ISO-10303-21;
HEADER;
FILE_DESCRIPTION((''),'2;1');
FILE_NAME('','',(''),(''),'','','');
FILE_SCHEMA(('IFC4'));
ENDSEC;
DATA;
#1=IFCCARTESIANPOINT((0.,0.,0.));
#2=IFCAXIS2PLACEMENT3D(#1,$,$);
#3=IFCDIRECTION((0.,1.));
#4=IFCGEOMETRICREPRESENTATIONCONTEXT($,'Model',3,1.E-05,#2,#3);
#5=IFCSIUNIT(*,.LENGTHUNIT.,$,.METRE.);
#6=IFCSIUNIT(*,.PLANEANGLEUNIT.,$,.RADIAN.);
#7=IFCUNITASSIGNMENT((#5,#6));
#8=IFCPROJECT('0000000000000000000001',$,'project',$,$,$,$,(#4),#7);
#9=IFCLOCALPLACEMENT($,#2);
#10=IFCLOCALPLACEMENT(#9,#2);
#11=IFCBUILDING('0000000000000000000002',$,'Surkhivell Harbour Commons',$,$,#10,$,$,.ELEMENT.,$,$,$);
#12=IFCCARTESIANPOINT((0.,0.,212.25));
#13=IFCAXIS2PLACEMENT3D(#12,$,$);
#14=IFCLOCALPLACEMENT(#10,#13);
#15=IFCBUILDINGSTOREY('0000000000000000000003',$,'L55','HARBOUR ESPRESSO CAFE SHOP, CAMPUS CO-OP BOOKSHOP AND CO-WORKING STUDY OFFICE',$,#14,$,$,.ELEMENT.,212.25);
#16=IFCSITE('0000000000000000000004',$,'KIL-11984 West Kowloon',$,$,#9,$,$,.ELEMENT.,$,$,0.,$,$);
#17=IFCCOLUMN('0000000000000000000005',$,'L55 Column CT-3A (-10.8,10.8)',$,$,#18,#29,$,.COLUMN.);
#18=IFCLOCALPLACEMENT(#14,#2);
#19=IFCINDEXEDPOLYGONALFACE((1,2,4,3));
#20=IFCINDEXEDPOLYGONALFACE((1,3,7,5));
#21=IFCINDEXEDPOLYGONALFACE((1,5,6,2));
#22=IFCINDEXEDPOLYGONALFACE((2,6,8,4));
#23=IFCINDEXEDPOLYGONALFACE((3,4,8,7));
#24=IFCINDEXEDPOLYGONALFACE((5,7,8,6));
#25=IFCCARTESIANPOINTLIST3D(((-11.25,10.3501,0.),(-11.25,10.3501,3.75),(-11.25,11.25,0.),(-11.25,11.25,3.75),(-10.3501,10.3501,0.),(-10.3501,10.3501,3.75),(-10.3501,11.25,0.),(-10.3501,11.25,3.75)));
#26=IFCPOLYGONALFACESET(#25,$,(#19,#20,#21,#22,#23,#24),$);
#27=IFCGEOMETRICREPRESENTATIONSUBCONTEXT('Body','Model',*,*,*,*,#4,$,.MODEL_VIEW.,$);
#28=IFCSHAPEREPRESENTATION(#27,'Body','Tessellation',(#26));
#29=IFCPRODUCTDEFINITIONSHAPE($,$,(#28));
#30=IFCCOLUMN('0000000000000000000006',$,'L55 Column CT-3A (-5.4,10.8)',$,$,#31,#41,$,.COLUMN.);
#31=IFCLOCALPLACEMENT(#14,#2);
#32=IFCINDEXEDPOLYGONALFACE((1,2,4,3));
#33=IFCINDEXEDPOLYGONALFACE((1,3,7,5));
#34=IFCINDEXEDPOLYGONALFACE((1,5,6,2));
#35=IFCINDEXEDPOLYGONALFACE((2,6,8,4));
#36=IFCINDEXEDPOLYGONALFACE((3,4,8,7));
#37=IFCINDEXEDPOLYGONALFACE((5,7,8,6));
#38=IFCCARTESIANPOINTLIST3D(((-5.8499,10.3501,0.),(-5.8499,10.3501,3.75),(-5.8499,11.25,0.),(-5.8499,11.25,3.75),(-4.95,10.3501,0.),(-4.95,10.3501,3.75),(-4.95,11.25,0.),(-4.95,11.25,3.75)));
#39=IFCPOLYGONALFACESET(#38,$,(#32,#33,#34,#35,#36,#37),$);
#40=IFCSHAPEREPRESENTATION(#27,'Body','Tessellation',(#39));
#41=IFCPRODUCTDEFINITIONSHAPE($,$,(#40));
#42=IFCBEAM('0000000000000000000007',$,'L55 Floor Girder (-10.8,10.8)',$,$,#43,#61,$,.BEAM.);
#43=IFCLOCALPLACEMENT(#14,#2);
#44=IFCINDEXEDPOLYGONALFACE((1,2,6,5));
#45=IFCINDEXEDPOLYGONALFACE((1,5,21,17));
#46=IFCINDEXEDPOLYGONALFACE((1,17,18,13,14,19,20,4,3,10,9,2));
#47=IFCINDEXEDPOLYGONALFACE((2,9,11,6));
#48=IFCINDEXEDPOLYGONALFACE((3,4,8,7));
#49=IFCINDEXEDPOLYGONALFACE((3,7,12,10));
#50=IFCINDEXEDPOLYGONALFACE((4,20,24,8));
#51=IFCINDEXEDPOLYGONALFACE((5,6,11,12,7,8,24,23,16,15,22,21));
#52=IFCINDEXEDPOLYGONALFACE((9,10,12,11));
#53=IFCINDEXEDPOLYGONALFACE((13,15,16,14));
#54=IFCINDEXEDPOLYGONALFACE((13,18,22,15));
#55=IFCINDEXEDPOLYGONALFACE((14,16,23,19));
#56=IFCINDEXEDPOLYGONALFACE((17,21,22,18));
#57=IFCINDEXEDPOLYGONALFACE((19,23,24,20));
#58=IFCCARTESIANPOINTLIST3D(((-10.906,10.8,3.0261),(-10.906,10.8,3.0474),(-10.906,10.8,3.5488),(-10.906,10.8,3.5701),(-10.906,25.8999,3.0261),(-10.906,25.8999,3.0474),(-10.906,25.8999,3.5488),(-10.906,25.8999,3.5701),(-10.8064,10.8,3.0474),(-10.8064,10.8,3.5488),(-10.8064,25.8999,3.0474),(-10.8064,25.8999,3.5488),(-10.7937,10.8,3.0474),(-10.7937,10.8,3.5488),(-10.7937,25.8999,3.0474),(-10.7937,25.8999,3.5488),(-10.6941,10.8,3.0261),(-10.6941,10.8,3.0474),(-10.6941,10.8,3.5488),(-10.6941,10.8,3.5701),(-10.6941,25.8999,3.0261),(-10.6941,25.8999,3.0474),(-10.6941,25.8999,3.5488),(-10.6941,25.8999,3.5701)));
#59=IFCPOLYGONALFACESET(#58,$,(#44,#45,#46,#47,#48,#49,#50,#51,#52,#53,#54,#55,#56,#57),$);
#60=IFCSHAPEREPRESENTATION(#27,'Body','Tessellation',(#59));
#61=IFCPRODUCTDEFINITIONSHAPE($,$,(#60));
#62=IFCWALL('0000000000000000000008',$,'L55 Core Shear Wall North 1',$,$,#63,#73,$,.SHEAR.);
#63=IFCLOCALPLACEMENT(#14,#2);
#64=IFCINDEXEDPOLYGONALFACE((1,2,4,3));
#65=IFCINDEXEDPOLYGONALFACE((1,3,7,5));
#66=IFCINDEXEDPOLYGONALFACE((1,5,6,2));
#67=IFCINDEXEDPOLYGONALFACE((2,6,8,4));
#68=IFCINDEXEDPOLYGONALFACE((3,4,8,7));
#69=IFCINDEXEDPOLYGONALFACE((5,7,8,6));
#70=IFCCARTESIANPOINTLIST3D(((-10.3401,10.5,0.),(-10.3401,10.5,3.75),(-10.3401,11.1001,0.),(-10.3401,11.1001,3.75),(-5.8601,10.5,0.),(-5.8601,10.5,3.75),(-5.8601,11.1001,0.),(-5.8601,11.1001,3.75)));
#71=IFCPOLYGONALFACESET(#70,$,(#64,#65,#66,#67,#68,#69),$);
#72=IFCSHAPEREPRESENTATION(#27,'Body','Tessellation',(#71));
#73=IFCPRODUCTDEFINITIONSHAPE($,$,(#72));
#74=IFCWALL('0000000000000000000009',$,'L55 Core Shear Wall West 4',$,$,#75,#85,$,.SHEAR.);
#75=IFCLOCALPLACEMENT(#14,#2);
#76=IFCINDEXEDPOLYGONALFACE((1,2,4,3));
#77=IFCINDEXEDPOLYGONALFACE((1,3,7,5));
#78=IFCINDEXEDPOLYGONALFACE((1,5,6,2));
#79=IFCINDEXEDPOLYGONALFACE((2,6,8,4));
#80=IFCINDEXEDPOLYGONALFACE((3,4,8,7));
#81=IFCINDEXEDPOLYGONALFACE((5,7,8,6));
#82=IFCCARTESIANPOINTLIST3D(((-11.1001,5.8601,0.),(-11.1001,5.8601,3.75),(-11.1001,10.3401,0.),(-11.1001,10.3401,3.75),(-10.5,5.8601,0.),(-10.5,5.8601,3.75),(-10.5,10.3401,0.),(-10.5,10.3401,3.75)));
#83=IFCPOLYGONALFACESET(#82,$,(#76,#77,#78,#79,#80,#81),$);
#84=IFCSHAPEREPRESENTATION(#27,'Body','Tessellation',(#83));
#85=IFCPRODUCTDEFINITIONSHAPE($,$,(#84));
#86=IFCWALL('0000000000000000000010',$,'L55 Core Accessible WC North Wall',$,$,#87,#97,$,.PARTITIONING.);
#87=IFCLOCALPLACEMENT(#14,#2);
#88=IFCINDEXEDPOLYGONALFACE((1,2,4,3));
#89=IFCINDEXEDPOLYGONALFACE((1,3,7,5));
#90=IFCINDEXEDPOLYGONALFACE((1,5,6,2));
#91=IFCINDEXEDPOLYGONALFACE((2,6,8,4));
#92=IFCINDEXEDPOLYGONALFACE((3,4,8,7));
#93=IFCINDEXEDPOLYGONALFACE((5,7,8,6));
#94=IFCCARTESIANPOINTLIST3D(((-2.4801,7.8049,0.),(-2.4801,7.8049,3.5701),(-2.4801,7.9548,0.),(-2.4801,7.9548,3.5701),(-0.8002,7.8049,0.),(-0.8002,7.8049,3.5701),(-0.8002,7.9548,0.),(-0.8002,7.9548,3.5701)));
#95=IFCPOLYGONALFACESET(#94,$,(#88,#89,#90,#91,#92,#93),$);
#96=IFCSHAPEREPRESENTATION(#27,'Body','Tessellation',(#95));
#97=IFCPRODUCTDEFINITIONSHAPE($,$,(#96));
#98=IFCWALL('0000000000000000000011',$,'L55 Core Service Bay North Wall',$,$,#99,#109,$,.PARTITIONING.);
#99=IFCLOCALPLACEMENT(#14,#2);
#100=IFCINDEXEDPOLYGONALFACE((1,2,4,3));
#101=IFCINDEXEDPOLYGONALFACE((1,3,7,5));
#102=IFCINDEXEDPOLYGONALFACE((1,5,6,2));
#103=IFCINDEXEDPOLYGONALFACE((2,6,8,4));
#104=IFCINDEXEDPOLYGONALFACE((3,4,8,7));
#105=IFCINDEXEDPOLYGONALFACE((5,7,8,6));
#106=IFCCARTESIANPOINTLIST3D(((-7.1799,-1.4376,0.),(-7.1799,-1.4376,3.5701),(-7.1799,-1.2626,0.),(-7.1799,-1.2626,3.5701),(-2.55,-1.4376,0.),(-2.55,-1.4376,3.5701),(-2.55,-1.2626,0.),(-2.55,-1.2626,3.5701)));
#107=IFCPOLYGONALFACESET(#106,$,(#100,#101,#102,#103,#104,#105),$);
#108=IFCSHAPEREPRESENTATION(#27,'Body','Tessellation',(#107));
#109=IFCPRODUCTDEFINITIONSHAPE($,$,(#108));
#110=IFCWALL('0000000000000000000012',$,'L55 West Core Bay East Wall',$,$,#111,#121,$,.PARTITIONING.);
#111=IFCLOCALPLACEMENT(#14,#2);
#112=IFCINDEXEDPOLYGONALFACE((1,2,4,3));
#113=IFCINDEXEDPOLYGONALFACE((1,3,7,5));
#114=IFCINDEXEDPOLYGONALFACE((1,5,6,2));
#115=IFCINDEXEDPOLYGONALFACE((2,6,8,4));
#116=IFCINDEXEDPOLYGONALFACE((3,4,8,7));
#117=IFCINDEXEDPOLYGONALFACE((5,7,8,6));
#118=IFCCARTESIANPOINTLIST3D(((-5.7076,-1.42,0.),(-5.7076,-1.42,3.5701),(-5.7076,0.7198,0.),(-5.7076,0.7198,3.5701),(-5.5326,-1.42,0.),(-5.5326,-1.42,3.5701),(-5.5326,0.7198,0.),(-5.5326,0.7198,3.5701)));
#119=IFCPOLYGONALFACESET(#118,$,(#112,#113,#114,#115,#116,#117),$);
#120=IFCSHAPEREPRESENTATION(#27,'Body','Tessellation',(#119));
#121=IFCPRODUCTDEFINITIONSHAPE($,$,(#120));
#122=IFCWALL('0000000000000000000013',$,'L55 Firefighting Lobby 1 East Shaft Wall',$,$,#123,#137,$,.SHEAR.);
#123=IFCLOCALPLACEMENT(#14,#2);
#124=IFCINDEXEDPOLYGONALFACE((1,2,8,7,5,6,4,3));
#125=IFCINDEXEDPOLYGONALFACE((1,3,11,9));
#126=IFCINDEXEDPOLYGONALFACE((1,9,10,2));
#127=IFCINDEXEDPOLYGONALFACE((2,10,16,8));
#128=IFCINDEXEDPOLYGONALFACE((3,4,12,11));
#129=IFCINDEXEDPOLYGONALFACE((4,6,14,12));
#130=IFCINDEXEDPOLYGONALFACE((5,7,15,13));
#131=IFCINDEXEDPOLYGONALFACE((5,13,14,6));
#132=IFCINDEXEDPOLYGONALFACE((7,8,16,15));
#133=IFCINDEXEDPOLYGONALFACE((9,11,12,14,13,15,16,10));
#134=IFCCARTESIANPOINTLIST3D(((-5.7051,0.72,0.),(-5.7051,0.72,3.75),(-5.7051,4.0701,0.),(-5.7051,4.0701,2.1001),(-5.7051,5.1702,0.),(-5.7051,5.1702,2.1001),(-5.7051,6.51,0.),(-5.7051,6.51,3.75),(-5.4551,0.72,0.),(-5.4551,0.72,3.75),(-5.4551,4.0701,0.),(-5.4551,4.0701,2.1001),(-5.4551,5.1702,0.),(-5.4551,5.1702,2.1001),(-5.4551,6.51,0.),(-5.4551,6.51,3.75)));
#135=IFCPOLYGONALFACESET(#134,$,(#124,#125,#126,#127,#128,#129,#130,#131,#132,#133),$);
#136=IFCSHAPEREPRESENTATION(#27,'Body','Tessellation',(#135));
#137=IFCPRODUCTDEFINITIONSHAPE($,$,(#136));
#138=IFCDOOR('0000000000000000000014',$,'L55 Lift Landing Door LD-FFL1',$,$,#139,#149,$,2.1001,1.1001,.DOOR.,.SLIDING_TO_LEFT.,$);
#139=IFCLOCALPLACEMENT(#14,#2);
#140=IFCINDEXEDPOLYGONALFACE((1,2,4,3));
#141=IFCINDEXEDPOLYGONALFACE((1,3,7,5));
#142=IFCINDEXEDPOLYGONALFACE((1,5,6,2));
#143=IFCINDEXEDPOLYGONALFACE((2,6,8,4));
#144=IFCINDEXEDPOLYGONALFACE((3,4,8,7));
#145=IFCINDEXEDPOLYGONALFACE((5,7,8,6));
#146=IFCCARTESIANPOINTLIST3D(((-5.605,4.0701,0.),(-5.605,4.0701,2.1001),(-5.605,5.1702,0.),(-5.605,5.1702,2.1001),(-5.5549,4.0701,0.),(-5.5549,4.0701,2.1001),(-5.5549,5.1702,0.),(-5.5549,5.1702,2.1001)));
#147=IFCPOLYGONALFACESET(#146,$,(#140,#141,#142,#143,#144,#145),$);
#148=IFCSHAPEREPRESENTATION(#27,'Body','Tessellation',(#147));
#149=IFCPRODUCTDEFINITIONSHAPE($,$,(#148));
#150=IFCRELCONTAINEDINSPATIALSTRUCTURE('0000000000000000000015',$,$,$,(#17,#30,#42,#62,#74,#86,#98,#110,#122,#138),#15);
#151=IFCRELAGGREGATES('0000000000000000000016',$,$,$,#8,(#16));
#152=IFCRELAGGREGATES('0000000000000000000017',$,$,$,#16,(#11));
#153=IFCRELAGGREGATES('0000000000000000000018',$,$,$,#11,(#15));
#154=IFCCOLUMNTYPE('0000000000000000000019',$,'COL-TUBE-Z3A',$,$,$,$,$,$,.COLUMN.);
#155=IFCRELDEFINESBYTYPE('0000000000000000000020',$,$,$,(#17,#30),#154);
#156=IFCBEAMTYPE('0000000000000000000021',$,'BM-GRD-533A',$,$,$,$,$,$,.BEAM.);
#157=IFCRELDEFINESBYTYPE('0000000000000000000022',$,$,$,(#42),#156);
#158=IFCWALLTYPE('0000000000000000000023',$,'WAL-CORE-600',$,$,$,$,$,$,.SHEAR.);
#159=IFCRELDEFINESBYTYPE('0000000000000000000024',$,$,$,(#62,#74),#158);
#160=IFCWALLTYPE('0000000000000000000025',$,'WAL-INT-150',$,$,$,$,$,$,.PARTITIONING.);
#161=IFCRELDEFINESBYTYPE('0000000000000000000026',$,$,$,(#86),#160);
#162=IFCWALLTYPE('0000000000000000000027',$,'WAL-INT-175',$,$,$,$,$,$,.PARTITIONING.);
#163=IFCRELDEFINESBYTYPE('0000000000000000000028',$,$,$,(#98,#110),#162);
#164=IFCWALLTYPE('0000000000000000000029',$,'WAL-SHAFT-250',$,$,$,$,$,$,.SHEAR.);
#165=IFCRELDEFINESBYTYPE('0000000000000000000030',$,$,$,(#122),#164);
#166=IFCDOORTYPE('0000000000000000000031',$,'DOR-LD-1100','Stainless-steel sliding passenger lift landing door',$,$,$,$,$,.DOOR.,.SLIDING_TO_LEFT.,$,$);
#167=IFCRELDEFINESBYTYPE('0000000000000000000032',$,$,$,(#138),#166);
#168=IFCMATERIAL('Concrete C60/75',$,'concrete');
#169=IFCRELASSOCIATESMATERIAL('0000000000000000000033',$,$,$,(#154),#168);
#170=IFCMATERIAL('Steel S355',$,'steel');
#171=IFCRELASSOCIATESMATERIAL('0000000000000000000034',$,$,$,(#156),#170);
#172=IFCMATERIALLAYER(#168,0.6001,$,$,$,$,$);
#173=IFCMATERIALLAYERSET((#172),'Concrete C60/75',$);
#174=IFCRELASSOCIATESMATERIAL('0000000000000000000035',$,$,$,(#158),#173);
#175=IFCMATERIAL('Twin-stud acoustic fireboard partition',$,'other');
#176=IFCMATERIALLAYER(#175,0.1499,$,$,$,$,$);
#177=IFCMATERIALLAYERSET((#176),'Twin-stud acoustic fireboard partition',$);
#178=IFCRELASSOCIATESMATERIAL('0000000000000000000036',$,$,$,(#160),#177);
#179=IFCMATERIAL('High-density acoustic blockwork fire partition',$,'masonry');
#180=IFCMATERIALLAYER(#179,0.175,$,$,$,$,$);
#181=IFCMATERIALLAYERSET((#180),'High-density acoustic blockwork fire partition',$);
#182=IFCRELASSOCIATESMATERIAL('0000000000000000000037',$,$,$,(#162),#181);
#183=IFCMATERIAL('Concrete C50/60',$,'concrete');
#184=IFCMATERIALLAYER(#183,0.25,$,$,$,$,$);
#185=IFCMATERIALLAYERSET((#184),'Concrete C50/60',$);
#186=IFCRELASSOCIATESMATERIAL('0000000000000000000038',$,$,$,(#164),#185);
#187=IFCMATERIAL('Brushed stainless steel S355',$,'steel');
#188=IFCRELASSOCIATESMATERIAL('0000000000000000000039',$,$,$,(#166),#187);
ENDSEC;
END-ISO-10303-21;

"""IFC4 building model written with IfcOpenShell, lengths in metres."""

from ifc_helpers import new_model, si_unit, direction, frame, frame_2d, origin, origin_2d, place, context, subcontext, project, spatial, rectangle, i_section, extrude, material, layer, layer_set, material_profile, profile_set, type_object, element, fill, save


model = new_model("IFC4")

# Units and contexts
model_context = context("Model", 3, precision=1e-05, world=origin(), true_north=direction((0.0, 1.0)))
body_context = subcontext(model_context, "Body", "Model", "MODEL_VIEW")
ifc_project = project(units=[si_unit("LENGTHUNIT", "METRE"), si_unit("PLANEANGLEUNIT", "RADIAN")], contexts=[model_context])

# Site, building, storey
site_placement = place(None, origin())
site = spatial("IfcSite", under=ifc_project, at=site_placement, Name="KIL-11984 West Kowloon", CompositionType="ELEMENT", RefElevation=0.0)
building_placement = place(site_placement, origin())
building = spatial("IfcBuilding", under=site, at=building_placement, Name="Surkhivell Harbour Commons", CompositionType="ELEMENT")
storey_placement = place(building_placement, frame((0.0, 0.0, 212.25)))
storey = spatial("IfcBuildingStorey", under=building, at=storey_placement, Name="L55", Description="HARBOUR ESPRESSO CAFE SHOP, CAMPUS CO-OP BOOKSHOP AND CO-WORKING STUDY OFFICE", CompositionType="ELEMENT", Elevation=212.25)

# Columns
ifc_material_1 = material(Name="Concrete C60/75", Category="concrete")
ifc_material_profile_1 = material_profile(ifc_material_1, rectangle(XDim=0.8999, YDim=0.8999, at=origin_2d()), Name="RC-COL-900x900")
ifc_profile_set_1 = profile_set([ifc_material_profile_1], Name="Concrete C60/75")
column_type = type_object("IfcColumnType", Name="COL-TUBE-Z3A", PredefinedType="COLUMN", material=ifc_profile_set_1)
for number, where, z_axis, x_axis, name in (
    (1, (-10.8, 10.8, 0.0), (0.0, 0.0, 1.0), (1.0, 0.0, 0.0), "L55 Column CT-3A (-10.8,10.8)"),
    (2, (-5.3999, 10.8, 0.0), (0.0, 0.0, 1.0), (1.0, 0.0, 0.0), "L55 Column CT-3A (-5.4,10.8)"),
):
    element("IfcColumn", number, at=place(storey_placement, frame(where, z_axis=z_axis, x_axis=x_axis)), inside=storey, type_object=column_type, Name=name, PredefinedType="COLUMN", context=body_context, shape_type="SweptSolid", body=[
        extrude(rectangle(XDim=0.8999, YDim=0.8999, at=origin_2d()), origin(), (0.0, 0.0, 1.0), 3.75),
    ])

# Beam
ifc_material_2 = material(Name="Steel S355", Category="steel")
ifc_material_profile_2 = material_profile(ifc_material_2, i_section(OverallWidth=0.2119, OverallDepth=0.5439, WebThickness=0.0127, FlangeThickness=0.0212, at=origin_2d()), Name="UB533x210x122")
ifc_profile_set_2 = profile_set([ifc_material_profile_2], Name="Steel S355")
beam_type = type_object("IfcBeamType", Name="BM-GRD-533A", PredefinedType="BEAM", material=ifc_profile_set_2)
beam_placement = place(storey_placement, frame((-10.8, 10.8, 3.2981), z_axis=(0.0, 1.0, 0.0), x_axis=(-1.0, 0.0, 0.0)))
element("IfcBeam", 3, at=beam_placement, inside=storey, type_object=beam_type, Name="L55 Floor Girder (-10.8,10.8)", PredefinedType="BEAM", context=body_context, shape_type="SweptSolid", body=[
    extrude(i_section(OverallWidth=0.2119, OverallDepth=0.5439, WebThickness=0.0127, FlangeThickness=0.0212, at=origin_2d()), origin(), (0.0, 0.0, 1.0), 15.0999),
])

# Walls
ifc_layer_1 = layer(ifc_material_1, 0.6001)
ifc_layer_set_1 = layer_set([ifc_layer_1], Name="Concrete C60/75")
wall_type_1 = type_object("IfcWallType", Name="WAL-CORE-600", PredefinedType="SHEAR", material=ifc_layer_set_1)
for number, where, z_axis, x_axis, name in (
    (4, (-10.3401, 10.8, 0.0), (0.0, 0.0, 1.0), (1.0, 0.0, 0.0), "L55 Core Shear Wall North 1"),
    (5, (-10.8, 5.8601, 0.0), (0.0, 0.0, 1.0), (0.0, 1.0, 0.0), "L55 Core Shear Wall West 4"),
):
    element("IfcWall", number, at=place(storey_placement, frame(where, z_axis=z_axis, x_axis=x_axis)), inside=storey, type_object=wall_type_1, Name=name, PredefinedType="SHEAR", context=body_context, shape_type="SweptSolid", body=[
        extrude(rectangle(XDim=4.48, YDim=0.6001, at=frame_2d((2.24, 0.0))), origin(), (0.0, 0.0, 1.0), 3.75),
    ])
ifc_material_3 = material(Name="Twin-stud acoustic fireboard partition", Category="other")
ifc_layer_2 = layer(ifc_material_3, 0.1499)
ifc_layer_set_2 = layer_set([ifc_layer_2], Name="Twin-stud acoustic fireboard partition")
wall_type_2 = type_object("IfcWallType", Name="WAL-INT-150", PredefinedType="PARTITIONING", material=ifc_layer_set_2)
wall_1_placement = place(storey_placement, frame((-2.48, 7.8799, 0.0), z_axis=(0.0, 0.0, 1.0), x_axis=(1.0, 0.0, 0.0)))
element("IfcWall", 6, at=wall_1_placement, inside=storey, type_object=wall_type_2, Name="L55 Core Accessible WC North Wall", PredefinedType="PARTITIONING", context=body_context, shape_type="SweptSolid", body=[
    extrude(rectangle(XDim=1.6799, YDim=0.1499, at=frame_2d((0.8398, 0.0))), origin(), (0.0, 0.0, 1.0), 3.5701),
])
ifc_material_4 = material(Name="High-density acoustic blockwork fire partition", Category="masonry")
ifc_layer_3 = layer(ifc_material_4, 0.175)
ifc_layer_set_3 = layer_set([ifc_layer_3], Name="High-density acoustic blockwork fire partition")
wall_type_3 = type_object("IfcWallType", Name="WAL-INT-175", PredefinedType="PARTITIONING", material=ifc_layer_set_3)
wall_2_placement = place(storey_placement, frame((-7.1799, -1.3501, 0.0), z_axis=(0.0, 0.0, 1.0), x_axis=(1.0, 0.0, 0.0)))
element("IfcWall", 7, at=wall_2_placement, inside=storey, type_object=wall_type_3, Name="L55 Core Service Bay North Wall", PredefinedType="PARTITIONING", context=body_context, shape_type="SweptSolid", body=[
    extrude(rectangle(XDim=4.6299, YDim=0.175, at=frame_2d((2.3149, 0.0))), origin(), (0.0, 0.0, 1.0), 3.5701),
])
wall_3_placement = place(storey_placement, frame((-5.6201, -1.4199, 0.0), z_axis=(0.0, 0.0, 1.0), x_axis=(0.0, 1.0, 0.0)))
element("IfcWall", 8, at=wall_3_placement, inside=storey, type_object=wall_type_3, Name="L55 West Core Bay East Wall", PredefinedType="PARTITIONING", context=body_context, shape_type="SweptSolid", body=[
    extrude(rectangle(XDim=2.1399, YDim=0.175, at=frame_2d((1.0698, 0.0))), origin(), (0.0, 0.0, 1.0), 3.5701),
])

# Wall, opening, door
ifc_material_5 = material(Name="Concrete C50/60", Category="concrete")
ifc_layer_4 = layer(ifc_material_5, 0.25)
ifc_layer_set_4 = layer_set([ifc_layer_4], Name="Concrete C50/60")
wall_type_4 = type_object("IfcWallType", Name="WAL-SHAFT-250", PredefinedType="SHEAR", material=ifc_layer_set_4)
wall_4_placement = place(storey_placement, frame((-5.5801, 0.72, 0.0), z_axis=(0.0, 0.0, 1.0), x_axis=(0.0, 1.0, 0.0)))
wall_4 = element("IfcWall", 9, at=wall_4_placement, inside=storey, type_object=wall_type_4, Name="L55 Firefighting Lobby 1 East Shaft Wall", PredefinedType="SHEAR", context=body_context, shape_type="SweptSolid", body=[
    extrude(rectangle(XDim=5.79, YDim=0.25, at=frame_2d((2.895, 0.0))), origin(), (0.0, 0.0, 1.0), 3.75),
])
opening_1_placement = place(wall_4_placement, frame((3.3501, 0.0, 0.0)))
opening_1 = element("IfcOpeningElement", 10, at=opening_1_placement, cuts=wall_4, PredefinedType="OPENING", context=body_context, shape_type="SweptSolid", body=[
    extrude(rectangle(XDim=1.1001, YDim=2.1001, at=frame_2d((0.55, 1.05))), frame((0.0, 0.135, 0.0), z_axis=(0.0, -1.0, 0.0), x_axis=(1.0, 0.0, 0.0)), (0.0, 0.0, 1.0), 0.27),
])
ifc_material_6 = material(Name="Brushed stainless steel S355", Category="steel")
door_type_1 = type_object("IfcDoorType", Name="DOR-LD-1100", Description="Stainless-steel sliding passenger lift landing door", OperationType="SLIDING_TO_LEFT", PredefinedType="DOOR", material=ifc_material_6)
door_1_placement = place(opening_1_placement, origin())
door_1 = element("IfcDoor", 11, at=door_1_placement, inside=storey, type_object=door_type_1, Name="L55 Lift Landing Door LD-FFL1", OperationType="SLIDING_TO_LEFT", OverallHeight=2.1001, OverallWidth=1.1001, PredefinedType="DOOR", context=body_context, shape_type="SweptSolid", body=[
    extrude(rectangle(XDim=1.1001, YDim=2.1001, at=frame_2d((0.55, 1.05))), frame((0.0, 0.0249, 0.0), z_axis=(0.0, -1.0, 0.0), x_axis=(1.0, 0.0, 0.0)), (0.0, 0.0, 1.0), 0.05),
])
fill(opening_1, door_1)

save(model, "model.ifc")
